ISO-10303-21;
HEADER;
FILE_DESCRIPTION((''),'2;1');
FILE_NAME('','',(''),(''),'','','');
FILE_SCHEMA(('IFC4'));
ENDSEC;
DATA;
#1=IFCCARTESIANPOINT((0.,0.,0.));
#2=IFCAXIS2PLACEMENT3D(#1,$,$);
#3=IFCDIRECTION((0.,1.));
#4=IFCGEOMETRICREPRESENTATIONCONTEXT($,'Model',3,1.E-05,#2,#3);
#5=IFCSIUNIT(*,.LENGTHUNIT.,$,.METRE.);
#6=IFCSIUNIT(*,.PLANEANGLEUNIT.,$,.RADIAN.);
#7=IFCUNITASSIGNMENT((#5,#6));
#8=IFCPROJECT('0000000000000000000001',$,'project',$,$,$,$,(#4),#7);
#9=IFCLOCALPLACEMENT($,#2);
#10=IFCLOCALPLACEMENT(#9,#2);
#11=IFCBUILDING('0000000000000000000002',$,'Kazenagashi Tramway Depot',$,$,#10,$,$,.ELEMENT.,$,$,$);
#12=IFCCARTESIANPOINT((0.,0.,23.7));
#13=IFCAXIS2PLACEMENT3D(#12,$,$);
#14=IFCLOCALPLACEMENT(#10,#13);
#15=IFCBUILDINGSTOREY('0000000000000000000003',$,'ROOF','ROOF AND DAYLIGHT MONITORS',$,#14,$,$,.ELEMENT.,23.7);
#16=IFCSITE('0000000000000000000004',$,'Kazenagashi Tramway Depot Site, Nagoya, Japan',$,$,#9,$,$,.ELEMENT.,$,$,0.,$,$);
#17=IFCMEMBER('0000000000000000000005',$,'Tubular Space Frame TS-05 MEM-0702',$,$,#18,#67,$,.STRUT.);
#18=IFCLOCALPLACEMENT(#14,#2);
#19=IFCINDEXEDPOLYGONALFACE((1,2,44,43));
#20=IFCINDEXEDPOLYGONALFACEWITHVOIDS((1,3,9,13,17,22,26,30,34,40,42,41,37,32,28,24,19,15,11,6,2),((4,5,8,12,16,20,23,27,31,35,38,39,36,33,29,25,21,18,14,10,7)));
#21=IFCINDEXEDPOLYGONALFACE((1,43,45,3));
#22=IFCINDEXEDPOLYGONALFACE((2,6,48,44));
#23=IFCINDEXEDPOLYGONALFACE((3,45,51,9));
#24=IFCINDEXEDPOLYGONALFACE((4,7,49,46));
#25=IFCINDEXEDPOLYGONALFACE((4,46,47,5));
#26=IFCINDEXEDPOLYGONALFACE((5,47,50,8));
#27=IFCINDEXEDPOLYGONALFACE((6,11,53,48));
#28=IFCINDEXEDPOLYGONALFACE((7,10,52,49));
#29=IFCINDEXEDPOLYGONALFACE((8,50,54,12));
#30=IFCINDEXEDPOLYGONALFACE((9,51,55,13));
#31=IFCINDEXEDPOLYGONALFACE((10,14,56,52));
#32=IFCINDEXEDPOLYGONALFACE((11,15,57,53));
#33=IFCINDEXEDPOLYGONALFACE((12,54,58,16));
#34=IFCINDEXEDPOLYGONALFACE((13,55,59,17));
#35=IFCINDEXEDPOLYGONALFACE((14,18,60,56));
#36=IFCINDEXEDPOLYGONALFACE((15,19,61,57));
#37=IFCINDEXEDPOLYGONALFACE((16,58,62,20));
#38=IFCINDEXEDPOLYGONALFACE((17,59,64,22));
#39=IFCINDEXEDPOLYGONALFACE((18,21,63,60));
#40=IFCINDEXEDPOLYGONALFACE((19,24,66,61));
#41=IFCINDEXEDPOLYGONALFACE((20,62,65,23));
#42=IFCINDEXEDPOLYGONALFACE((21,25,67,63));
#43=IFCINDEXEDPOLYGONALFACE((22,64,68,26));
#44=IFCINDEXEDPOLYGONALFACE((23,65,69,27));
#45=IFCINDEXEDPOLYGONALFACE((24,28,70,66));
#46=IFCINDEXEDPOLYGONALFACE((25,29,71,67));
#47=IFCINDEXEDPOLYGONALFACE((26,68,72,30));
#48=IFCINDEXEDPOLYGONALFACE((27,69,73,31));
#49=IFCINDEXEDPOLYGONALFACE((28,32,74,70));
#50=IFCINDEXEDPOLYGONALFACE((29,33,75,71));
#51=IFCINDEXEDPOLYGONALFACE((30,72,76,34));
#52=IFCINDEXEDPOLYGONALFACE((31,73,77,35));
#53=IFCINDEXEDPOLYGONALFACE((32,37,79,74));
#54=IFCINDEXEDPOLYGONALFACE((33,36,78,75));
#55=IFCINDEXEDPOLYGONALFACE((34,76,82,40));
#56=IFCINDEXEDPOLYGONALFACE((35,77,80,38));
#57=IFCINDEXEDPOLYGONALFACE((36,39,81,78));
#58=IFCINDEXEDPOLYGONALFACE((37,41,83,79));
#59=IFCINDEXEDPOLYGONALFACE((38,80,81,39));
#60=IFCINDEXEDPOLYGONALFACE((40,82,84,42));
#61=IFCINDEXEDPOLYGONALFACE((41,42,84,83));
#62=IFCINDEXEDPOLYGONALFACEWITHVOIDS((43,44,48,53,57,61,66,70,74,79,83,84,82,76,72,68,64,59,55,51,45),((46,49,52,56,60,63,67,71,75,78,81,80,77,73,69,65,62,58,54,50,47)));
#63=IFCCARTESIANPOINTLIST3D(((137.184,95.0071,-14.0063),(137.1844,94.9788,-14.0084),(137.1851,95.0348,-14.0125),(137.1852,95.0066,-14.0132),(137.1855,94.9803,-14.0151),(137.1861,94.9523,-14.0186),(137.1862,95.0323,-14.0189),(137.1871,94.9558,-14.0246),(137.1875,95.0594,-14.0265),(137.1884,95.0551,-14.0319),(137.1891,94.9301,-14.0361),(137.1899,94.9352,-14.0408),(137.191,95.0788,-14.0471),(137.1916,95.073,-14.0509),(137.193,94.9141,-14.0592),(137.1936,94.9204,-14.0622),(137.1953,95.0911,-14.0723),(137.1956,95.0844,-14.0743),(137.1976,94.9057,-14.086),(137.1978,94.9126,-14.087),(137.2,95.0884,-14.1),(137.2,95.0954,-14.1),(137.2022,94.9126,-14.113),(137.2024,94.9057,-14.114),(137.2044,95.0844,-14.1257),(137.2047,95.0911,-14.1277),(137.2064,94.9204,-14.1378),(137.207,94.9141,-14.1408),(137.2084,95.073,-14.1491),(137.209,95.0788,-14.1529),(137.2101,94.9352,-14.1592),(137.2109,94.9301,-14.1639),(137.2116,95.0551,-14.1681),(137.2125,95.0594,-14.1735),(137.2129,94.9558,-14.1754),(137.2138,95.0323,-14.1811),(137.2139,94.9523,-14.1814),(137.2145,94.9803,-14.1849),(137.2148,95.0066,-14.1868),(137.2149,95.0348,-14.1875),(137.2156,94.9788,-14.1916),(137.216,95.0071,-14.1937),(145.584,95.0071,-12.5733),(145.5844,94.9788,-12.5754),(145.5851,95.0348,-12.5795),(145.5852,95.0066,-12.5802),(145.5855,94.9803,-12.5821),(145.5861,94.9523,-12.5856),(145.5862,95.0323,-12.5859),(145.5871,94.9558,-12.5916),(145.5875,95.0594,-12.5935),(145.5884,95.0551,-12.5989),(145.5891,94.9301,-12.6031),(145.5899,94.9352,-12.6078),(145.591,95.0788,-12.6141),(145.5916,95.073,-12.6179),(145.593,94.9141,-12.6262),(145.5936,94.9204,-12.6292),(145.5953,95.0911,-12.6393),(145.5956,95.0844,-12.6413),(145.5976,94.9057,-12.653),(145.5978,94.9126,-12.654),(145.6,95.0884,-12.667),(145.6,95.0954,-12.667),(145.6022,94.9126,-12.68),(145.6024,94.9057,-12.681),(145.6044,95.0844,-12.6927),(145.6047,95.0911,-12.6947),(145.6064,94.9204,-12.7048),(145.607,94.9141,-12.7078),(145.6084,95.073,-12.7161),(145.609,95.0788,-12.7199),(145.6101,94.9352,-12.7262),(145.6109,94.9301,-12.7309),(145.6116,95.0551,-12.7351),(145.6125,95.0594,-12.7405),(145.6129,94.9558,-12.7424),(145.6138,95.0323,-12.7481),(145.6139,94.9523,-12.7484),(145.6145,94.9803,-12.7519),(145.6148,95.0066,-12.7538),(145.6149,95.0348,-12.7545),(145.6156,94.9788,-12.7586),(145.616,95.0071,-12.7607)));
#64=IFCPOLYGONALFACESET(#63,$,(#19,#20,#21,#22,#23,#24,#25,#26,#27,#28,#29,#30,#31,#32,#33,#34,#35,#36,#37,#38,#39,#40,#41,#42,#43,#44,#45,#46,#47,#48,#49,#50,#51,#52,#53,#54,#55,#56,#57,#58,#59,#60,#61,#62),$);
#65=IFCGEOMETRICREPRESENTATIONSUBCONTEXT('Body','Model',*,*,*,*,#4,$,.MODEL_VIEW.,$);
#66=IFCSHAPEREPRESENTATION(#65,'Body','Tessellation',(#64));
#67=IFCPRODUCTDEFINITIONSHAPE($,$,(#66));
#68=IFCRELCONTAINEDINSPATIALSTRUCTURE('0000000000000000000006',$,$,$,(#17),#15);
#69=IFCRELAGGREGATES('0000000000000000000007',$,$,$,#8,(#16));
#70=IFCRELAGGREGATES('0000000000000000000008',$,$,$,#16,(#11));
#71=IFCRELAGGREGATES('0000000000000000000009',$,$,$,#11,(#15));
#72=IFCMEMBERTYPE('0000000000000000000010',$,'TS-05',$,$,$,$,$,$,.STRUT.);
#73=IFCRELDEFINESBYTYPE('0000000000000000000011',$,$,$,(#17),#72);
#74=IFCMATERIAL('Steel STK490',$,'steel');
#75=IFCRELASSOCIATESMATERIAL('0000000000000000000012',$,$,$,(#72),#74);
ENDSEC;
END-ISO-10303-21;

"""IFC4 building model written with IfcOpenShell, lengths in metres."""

from ifc_helpers import new_model, si_unit, direction, frame, origin, origin_2d, place, context, subcontext, project, spatial, hollow_circle, extrude, material, material_profile, profile_set, type_object, element, save


model = new_model("IFC4")

# Units and contexts
model_context = context("Model", 3, precision=1e-05, world=origin(), true_north=direction((0.0, 1.0)))
body_context = subcontext(model_context, "Body", "Model", "MODEL_VIEW")
ifc_project = project(units=[si_unit("LENGTHUNIT", "METRE"), si_unit("PLANEANGLEUNIT", "RADIAN")], contexts=[model_context])

# Site, building, storey
site_placement = place(None, origin())
site = spatial("IfcSite", under=ifc_project, at=site_placement, Name="Kazenagashi Tramway Depot Site, Nagoya, Japan", CompositionType="ELEMENT", RefElevation=0.0)
building_placement = place(site_placement, origin())
building = spatial("IfcBuilding", under=site, at=building_placement, Name="Kazenagashi Tramway Depot", CompositionType="ELEMENT")
storey_placement = place(building_placement, frame((0.0, 0.0, 23.7)))
storey = spatial("IfcBuildingStorey", under=building, at=storey_placement, Name="ROOF", Description="ROOF AND DAYLIGHT MONITORS", CompositionType="ELEMENT", Elevation=23.7)

# Member
ifc_material_1 = material(Name="Steel STK490", Category="steel")
ifc_material_profile_1 = material_profile(ifc_material_1, hollow_circle(Radius=0.0954, WallThickness=0.007, at=origin_2d()), Name="CHS-190.7x7.0")
ifc_profile_set_1 = profile_set([ifc_material_profile_1], Name="Steel STK490")
member_type_1 = type_object("IfcMemberType", Name="TS-05", PredefinedType="STRUT", material=ifc_profile_set_1)
member_1_placement = place(storey_placement, frame((137.2, 95.0, -14.1), z_axis=(0.985759, 0.0, 0.168166), x_axis=(0.0, 1.0, 0.0)))
element("IfcMember", 1, at=member_1_placement, inside=storey, type_object=member_type_1, Name="Tubular Space Frame TS-05 MEM-0702", PredefinedType="STRUT", context=body_context, shape_type="SweptSolid", body=[
    extrude(hollow_circle(Radius=0.0954, WallThickness=0.007, at=origin_2d()), origin(), (0.0, 0.0, 1.0), 8.5214),
])

save(model, "model.ifc")
